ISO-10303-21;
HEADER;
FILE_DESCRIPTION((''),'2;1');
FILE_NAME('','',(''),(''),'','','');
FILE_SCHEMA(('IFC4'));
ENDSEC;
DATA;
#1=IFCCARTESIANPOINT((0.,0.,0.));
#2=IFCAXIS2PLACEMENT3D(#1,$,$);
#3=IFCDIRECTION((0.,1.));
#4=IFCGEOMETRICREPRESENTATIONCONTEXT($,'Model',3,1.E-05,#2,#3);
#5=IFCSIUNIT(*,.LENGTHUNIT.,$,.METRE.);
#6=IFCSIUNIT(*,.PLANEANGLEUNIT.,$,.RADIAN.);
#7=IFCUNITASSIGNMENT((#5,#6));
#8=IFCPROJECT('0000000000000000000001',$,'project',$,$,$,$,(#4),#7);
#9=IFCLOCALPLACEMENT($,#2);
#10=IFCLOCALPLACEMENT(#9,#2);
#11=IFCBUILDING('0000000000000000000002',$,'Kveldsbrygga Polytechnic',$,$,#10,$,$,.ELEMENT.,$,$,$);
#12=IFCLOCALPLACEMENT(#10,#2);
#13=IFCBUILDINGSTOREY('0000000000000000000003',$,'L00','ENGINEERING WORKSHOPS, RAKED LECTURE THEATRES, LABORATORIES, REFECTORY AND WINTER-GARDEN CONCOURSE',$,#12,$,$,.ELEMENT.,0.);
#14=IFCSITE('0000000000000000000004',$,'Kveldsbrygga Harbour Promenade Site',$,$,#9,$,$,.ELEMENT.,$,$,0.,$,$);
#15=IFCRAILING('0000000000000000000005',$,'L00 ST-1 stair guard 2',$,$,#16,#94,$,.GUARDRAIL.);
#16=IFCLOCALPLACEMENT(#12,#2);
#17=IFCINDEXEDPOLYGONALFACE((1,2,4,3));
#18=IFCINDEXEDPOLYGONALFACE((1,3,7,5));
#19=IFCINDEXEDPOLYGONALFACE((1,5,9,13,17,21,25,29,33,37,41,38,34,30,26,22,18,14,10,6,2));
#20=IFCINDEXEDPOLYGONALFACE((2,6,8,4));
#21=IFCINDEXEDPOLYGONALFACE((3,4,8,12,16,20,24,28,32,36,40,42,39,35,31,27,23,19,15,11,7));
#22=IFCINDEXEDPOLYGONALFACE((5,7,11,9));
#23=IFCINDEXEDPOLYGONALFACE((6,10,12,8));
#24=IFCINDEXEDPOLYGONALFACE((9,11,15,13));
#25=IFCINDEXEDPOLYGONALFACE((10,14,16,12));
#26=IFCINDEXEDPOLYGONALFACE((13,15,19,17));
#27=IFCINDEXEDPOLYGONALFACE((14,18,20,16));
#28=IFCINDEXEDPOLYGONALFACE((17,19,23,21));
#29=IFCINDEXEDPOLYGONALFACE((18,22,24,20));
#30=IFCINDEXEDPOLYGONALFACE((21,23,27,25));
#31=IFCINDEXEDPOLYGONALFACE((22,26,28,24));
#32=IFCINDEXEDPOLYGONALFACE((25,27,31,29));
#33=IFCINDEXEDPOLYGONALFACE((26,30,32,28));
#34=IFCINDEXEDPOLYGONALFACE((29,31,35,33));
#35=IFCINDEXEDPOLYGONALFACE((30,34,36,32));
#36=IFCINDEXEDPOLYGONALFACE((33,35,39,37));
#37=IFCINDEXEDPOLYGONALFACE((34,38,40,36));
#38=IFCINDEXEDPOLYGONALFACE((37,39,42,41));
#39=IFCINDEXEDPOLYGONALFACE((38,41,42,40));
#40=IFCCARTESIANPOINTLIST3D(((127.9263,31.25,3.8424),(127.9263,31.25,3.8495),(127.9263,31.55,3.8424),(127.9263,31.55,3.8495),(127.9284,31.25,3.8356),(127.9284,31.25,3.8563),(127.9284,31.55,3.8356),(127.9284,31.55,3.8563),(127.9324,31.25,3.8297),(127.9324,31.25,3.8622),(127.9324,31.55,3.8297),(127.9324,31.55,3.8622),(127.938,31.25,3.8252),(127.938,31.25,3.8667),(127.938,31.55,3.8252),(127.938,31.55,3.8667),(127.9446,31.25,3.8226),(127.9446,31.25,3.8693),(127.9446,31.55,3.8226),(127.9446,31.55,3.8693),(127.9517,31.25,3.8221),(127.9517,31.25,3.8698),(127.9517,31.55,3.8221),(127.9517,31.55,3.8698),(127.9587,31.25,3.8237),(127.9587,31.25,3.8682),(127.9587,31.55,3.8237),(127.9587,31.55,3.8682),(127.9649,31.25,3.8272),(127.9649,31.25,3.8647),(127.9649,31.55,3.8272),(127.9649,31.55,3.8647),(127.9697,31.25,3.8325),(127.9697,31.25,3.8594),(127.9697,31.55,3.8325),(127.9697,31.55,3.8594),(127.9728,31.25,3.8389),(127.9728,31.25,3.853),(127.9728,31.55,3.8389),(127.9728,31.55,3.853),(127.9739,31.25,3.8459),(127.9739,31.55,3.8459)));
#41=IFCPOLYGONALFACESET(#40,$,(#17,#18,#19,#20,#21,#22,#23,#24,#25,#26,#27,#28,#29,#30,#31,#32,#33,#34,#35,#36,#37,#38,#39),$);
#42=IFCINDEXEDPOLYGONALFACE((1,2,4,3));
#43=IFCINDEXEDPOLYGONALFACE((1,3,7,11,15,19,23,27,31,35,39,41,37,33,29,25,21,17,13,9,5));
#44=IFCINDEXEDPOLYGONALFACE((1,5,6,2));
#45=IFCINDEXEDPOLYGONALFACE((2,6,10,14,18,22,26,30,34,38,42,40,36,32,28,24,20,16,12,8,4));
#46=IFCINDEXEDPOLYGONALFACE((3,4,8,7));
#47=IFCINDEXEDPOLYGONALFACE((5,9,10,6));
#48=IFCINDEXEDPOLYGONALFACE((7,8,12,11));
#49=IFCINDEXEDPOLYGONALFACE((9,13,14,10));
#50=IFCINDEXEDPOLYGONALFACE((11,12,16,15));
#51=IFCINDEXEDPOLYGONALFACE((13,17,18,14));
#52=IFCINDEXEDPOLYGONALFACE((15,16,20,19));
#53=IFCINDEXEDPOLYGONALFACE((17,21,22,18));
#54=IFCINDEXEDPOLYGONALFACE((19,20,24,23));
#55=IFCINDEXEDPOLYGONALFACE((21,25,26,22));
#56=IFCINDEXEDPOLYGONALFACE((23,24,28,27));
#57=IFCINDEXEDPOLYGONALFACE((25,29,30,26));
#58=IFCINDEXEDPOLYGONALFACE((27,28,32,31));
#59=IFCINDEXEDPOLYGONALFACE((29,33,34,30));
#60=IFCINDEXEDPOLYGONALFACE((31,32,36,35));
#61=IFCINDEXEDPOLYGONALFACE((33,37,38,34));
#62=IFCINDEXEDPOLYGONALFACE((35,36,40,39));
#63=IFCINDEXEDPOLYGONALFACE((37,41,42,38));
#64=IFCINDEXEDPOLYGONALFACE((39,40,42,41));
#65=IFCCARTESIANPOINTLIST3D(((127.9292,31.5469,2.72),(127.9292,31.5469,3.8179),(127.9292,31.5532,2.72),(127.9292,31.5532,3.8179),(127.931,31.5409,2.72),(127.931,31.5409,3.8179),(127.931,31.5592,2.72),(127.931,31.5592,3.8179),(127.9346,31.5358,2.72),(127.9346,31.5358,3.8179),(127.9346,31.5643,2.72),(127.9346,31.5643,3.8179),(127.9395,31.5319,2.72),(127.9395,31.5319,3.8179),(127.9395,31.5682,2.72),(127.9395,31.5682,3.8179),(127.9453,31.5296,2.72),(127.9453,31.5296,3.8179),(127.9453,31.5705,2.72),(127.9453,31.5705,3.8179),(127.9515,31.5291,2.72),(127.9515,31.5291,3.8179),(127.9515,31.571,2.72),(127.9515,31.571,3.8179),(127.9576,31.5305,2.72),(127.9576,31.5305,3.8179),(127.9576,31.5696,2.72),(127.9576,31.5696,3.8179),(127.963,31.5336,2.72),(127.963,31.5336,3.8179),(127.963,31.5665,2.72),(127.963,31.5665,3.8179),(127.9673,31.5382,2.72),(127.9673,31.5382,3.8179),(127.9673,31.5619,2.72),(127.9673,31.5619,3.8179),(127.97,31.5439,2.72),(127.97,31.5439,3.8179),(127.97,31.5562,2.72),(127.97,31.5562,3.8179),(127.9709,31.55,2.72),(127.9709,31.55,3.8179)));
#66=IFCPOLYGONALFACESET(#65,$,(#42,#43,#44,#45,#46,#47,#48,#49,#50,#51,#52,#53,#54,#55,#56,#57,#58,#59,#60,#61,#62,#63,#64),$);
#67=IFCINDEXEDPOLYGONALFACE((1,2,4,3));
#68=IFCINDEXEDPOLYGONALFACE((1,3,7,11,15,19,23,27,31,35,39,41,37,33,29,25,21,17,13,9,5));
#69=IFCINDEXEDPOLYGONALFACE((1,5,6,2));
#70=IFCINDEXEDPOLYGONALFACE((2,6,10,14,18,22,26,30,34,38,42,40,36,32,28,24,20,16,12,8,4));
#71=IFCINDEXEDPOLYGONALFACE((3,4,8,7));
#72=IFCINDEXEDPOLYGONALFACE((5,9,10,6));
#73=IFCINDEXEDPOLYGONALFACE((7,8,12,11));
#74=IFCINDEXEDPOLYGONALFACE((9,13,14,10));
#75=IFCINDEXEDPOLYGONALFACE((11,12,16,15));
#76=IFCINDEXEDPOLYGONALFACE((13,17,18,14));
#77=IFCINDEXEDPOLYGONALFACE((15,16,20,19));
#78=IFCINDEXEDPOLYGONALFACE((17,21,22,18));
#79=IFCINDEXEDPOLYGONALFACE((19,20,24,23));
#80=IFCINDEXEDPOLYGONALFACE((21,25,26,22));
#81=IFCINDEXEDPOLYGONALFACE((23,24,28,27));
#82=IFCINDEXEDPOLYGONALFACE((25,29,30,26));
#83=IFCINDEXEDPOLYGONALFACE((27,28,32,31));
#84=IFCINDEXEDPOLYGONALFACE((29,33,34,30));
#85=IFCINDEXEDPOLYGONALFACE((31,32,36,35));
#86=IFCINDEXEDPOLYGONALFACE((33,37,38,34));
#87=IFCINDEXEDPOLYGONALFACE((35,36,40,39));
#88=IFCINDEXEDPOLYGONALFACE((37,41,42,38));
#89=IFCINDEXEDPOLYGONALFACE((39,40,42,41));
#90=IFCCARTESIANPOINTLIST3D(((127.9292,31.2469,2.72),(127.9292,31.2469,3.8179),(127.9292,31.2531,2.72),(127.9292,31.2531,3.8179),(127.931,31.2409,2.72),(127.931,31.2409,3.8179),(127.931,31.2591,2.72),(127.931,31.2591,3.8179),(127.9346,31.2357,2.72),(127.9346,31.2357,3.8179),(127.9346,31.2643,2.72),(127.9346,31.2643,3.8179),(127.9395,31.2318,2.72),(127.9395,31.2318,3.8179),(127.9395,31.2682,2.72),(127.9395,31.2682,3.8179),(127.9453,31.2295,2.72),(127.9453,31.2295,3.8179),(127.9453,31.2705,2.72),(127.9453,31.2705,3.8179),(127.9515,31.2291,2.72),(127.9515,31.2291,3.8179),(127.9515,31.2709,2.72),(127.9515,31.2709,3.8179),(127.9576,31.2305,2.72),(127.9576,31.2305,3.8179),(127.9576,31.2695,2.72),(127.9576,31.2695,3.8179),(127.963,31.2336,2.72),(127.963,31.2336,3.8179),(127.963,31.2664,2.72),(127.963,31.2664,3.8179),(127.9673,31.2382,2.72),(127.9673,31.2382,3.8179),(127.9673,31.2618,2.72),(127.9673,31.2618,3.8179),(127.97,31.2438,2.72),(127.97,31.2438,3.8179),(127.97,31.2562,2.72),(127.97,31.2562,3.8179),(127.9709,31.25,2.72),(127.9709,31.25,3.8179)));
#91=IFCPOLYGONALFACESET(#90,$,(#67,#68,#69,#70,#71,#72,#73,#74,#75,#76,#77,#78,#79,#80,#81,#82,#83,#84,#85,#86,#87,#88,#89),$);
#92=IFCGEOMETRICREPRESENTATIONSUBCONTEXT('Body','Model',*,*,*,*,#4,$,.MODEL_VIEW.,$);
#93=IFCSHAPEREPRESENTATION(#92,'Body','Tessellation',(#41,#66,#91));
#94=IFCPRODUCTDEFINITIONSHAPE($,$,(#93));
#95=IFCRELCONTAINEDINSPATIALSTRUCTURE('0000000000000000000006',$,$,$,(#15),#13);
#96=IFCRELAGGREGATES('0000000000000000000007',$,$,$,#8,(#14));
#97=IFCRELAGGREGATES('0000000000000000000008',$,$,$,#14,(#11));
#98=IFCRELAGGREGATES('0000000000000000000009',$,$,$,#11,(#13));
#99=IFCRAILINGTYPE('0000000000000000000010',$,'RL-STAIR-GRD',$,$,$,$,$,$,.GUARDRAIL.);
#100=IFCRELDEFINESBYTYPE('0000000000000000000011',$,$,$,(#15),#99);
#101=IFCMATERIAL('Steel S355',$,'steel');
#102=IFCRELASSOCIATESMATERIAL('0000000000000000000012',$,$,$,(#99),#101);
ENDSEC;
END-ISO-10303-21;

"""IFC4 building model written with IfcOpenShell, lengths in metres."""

from ifc_helpers import new_model, si_unit, direction, frame, origin, origin_2d, place, context, subcontext, project, spatial, circle, extrude, material, type_object, element, save


model = new_model("IFC4")

# Units and contexts
model_context = context("Model", 3, precision=1e-05, world=origin(), true_north=direction((0.0, 1.0)))
body_context = subcontext(model_context, "Body", "Model", "MODEL_VIEW")
ifc_project = project(units=[si_unit("LENGTHUNIT", "METRE"), si_unit("PLANEANGLEUNIT", "RADIAN")], contexts=[model_context])

# Site, building, storey
site_placement = place(None, origin())
site = spatial("IfcSite", under=ifc_project, at=site_placement, Name="Kveldsbrygga Harbour Promenade Site", CompositionType="ELEMENT", RefElevation=0.0)
building_placement = place(site_placement, origin())
building = spatial("IfcBuilding", under=site, at=building_placement, Name="Kveldsbrygga Polytechnic", CompositionType="ELEMENT")
storey_placement = place(building_placement, origin())
storey = spatial("IfcBuildingStorey", under=building, at=storey_placement, Name="L00", Description="ENGINEERING WORKSHOPS, RAKED LECTURE THEATRES, LABORATORIES, REFECTORY AND WINTER-GARDEN CONCOURSE", CompositionType="ELEMENT", Elevation=0.0)

# Railing
ifc_material_1 = material(Name="Steel S355", Category="steel")
railing_type_1 = type_object("IfcRailingType", Name="RL-STAIR-GRD", PredefinedType="GUARDRAIL", material=ifc_material_1)
railing_1_placement = place(storey_placement, frame((127.95, 31.55, 2.72)))
element("IfcRailing", 1, at=railing_1_placement, inside=storey, type_object=railing_type_1, Name="L00 ST-1 stair guard 2", PredefinedType="GUARDRAIL", context=body_context, shape_type="SweptSolid", body=[
    extrude(circle(Radius=0.0239, at=origin_2d()), frame((0.0, 0.0, 1.126), z_axis=(0.0, -1.0, 0.0), x_axis=(1.0, 0.0, 0.0)), (0.0, 0.0, 1.0), 0.3),
    extrude(circle(Radius=0.021, at=origin_2d()), origin(), (0.0, 0.0, 1.0), 1.0979),
    extrude(circle(Radius=0.021, at=origin_2d()), frame((0.0, -0.3, 0.0)), (0.0, 0.0, 1.0), 1.0979),
])

save(model, "model.ifc")
